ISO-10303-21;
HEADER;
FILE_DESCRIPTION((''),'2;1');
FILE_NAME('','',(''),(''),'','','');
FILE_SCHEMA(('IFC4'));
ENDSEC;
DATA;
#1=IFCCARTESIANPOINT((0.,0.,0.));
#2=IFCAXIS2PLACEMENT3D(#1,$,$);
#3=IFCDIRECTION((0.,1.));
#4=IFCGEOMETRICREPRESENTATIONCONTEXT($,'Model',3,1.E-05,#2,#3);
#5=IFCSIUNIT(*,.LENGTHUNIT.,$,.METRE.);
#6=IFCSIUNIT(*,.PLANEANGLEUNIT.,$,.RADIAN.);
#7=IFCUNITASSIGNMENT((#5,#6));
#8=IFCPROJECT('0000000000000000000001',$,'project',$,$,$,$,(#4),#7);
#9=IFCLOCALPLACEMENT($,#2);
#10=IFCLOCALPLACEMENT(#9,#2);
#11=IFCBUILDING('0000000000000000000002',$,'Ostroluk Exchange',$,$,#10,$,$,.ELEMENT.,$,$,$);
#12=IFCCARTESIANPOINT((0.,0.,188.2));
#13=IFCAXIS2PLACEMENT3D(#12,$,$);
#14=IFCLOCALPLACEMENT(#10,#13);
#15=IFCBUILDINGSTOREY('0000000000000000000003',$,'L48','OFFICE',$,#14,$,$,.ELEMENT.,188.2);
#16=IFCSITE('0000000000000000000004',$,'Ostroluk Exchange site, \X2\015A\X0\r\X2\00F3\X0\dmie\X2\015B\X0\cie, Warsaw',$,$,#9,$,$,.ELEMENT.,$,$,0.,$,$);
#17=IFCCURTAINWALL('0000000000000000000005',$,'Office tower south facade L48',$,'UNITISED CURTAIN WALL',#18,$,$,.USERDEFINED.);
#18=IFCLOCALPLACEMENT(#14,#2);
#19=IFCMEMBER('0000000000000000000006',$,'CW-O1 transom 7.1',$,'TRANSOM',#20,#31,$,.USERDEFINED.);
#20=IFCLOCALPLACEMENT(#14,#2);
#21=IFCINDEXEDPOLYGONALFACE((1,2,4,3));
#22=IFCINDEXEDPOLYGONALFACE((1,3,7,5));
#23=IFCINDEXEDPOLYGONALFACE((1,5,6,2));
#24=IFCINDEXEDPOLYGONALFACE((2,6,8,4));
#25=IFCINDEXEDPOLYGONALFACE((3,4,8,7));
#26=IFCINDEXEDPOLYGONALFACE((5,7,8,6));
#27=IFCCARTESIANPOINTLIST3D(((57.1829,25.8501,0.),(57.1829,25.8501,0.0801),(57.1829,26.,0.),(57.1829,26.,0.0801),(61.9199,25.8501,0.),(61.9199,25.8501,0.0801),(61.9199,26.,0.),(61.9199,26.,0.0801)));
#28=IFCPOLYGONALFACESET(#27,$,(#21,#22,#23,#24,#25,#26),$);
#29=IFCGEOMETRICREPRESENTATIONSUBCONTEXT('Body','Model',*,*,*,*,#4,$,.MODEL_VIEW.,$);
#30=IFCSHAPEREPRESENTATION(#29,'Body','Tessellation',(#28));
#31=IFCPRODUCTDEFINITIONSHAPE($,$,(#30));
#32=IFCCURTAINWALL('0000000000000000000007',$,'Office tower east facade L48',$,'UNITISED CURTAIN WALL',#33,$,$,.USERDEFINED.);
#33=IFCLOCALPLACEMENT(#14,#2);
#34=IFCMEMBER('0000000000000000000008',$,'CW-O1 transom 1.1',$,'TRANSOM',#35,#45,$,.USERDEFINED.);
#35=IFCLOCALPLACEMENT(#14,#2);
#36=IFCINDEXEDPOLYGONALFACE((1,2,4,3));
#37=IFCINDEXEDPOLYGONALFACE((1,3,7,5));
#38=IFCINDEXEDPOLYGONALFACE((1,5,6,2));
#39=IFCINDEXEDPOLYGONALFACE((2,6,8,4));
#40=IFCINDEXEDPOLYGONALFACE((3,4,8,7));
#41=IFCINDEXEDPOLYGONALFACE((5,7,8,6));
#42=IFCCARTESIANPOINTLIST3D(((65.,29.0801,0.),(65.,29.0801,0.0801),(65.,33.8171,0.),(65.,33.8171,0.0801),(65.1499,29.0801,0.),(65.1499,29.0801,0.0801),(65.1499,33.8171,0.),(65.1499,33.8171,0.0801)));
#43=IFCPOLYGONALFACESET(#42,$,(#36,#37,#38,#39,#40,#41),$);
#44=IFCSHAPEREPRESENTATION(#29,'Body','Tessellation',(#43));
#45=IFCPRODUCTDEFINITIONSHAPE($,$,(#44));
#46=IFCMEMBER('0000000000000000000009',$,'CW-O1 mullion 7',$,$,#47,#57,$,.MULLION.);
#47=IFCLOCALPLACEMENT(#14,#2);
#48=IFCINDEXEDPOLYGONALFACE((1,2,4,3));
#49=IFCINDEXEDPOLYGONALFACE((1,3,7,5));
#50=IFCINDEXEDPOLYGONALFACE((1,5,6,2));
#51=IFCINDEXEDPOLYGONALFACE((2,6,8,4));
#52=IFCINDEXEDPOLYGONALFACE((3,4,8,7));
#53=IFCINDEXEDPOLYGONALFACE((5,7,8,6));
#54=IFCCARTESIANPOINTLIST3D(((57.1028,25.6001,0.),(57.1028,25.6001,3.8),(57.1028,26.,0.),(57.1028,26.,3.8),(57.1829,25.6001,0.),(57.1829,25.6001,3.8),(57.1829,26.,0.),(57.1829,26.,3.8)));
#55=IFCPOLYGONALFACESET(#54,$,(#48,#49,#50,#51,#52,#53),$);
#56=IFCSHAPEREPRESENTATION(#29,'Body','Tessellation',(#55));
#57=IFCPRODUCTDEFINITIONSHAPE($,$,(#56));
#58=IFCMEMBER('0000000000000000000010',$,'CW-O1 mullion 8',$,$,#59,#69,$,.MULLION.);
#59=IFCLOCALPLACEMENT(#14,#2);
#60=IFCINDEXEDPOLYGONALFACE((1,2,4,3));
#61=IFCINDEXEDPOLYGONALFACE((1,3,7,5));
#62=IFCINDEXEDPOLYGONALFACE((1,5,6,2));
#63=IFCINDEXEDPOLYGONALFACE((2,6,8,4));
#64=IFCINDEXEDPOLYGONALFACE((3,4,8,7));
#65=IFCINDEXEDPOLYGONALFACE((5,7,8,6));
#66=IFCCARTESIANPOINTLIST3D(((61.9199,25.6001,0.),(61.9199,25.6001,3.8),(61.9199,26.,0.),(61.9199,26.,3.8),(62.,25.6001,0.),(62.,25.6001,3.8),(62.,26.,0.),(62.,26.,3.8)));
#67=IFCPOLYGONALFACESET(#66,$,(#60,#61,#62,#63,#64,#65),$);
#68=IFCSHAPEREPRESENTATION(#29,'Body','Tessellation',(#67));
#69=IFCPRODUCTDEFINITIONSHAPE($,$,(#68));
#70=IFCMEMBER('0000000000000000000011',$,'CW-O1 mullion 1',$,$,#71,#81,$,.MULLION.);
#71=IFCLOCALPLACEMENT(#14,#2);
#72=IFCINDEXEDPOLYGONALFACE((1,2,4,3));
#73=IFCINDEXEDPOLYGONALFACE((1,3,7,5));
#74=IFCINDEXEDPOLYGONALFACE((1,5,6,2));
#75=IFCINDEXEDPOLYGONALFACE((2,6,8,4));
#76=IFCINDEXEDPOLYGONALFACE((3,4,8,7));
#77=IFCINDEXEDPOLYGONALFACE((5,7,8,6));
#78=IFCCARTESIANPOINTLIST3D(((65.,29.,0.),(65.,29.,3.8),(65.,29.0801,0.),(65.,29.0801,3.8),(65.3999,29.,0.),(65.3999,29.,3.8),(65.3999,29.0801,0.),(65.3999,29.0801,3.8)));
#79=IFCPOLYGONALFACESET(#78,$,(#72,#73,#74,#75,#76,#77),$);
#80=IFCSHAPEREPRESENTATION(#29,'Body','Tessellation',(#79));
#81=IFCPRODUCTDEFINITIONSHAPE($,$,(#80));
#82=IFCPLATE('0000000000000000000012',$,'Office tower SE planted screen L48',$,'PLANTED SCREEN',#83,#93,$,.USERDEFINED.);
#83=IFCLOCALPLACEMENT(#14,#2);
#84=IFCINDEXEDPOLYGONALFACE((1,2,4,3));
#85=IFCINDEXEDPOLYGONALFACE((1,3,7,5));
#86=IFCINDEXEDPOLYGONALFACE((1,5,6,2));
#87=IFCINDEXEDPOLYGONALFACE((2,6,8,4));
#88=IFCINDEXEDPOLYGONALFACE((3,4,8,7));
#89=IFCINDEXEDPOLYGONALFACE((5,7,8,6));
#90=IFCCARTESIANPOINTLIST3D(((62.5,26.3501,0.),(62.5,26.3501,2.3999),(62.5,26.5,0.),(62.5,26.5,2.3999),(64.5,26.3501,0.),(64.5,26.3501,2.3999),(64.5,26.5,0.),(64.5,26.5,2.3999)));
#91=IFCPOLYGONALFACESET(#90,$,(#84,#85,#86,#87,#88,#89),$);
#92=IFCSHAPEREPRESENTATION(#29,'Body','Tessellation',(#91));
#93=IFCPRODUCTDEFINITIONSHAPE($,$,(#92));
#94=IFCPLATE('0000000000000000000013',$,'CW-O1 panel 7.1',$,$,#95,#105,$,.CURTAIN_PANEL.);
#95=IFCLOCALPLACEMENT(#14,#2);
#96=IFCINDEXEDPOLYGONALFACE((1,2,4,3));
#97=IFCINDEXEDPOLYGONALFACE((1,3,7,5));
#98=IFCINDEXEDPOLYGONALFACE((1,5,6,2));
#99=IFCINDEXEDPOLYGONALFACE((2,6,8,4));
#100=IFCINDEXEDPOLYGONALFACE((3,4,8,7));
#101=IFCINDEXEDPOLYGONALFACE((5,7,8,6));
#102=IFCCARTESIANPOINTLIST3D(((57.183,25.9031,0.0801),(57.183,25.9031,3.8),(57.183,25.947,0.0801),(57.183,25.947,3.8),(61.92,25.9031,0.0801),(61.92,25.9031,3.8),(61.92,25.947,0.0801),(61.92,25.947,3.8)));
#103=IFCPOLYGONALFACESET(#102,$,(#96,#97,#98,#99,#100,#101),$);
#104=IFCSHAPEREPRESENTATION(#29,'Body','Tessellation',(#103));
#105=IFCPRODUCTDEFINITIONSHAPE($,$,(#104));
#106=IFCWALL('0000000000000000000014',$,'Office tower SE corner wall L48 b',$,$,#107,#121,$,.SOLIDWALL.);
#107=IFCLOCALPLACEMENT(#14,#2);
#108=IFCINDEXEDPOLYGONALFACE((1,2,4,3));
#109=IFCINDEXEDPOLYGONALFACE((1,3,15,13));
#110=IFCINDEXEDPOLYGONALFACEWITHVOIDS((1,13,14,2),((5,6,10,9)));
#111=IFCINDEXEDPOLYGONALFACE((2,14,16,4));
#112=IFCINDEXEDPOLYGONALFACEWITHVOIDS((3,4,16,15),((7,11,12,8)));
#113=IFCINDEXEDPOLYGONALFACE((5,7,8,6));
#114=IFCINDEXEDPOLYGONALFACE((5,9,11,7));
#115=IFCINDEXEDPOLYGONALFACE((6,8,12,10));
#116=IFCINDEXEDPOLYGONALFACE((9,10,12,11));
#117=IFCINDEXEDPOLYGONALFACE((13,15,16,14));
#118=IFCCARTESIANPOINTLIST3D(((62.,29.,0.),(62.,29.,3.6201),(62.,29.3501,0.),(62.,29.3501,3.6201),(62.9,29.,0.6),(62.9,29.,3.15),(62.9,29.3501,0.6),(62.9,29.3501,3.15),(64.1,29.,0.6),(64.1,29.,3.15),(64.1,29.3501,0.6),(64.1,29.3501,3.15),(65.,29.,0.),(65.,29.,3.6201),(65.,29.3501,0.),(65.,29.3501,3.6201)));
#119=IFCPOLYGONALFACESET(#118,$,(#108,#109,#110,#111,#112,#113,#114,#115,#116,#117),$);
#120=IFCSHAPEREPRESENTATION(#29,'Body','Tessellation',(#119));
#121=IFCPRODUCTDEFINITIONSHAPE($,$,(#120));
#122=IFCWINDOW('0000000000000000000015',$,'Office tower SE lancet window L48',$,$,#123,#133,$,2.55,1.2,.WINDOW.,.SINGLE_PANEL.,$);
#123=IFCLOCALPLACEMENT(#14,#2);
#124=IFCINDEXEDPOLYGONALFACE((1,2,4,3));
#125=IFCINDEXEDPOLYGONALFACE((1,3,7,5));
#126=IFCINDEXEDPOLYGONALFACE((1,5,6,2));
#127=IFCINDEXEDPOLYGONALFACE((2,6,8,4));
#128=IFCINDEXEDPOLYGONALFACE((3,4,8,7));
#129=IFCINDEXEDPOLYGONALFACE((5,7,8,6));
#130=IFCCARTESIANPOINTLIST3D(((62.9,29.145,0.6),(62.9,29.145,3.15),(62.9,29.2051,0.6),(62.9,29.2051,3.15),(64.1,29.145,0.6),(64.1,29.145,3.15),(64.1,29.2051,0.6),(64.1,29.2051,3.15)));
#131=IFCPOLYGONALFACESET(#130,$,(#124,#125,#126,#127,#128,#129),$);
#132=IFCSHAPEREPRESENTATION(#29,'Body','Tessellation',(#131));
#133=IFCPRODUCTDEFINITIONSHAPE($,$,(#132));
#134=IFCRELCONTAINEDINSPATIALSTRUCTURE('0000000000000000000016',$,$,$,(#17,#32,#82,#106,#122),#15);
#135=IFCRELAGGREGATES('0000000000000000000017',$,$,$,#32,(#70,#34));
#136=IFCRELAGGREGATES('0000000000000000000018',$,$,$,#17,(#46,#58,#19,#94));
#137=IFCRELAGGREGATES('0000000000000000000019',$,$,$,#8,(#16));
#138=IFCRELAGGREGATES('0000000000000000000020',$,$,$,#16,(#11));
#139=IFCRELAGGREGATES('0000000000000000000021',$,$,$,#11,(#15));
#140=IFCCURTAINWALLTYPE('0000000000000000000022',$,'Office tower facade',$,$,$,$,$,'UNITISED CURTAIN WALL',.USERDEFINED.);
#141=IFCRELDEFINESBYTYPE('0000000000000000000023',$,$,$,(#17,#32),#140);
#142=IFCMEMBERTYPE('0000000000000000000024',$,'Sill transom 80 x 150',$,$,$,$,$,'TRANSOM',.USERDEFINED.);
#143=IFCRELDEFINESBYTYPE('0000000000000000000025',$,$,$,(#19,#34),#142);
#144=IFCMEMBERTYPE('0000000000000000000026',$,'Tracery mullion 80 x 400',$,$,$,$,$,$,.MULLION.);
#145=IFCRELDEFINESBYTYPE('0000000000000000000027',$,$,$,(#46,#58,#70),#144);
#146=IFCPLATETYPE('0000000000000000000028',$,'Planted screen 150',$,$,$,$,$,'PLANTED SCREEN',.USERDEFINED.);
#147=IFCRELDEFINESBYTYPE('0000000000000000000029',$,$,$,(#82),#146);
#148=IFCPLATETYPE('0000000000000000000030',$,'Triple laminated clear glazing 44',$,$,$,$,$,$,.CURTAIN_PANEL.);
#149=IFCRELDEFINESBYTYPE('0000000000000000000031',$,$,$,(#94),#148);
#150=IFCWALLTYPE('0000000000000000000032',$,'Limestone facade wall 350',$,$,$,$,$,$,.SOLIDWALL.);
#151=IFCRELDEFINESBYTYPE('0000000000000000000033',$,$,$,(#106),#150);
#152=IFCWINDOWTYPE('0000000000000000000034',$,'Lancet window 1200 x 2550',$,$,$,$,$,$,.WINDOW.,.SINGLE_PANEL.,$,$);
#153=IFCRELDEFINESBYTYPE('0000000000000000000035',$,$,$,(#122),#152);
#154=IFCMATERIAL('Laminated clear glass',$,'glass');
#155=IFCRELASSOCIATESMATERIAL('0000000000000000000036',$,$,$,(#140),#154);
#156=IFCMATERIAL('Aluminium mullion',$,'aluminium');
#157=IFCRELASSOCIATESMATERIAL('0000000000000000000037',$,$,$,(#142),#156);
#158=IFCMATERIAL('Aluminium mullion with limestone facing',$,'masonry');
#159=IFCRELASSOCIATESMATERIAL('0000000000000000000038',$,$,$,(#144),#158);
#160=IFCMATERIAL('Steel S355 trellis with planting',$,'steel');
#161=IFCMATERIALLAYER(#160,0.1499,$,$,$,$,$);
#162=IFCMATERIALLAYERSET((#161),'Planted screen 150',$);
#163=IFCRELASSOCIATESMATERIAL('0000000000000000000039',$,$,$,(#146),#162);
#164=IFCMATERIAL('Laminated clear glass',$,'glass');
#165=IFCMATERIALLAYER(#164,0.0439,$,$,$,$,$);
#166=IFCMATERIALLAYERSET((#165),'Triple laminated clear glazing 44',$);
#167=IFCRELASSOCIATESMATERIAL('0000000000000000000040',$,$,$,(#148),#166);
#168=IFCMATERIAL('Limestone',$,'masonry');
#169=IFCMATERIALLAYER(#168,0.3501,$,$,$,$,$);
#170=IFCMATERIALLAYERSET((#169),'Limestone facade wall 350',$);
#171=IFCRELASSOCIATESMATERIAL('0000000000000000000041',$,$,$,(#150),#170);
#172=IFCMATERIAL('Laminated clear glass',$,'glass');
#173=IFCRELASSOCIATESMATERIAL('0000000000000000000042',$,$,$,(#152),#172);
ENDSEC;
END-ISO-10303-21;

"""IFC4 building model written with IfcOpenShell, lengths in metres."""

from ifc_helpers import new_model, si_unit, direction, frame, frame_2d, origin, origin_2d, place, context, subcontext, project, spatial, rectangle, extrude, material, layer, layer_set, material_profile, profile_set, type_object, element, fill, aggregate, save


model = new_model("IFC4")

# Units and contexts
model_context = context("Model", 3, precision=1e-05, world=origin(), true_north=direction((0.0, 1.0)))
body_context = subcontext(model_context, "Body", "Model", "MODEL_VIEW")
ifc_project = project(units=[si_unit("LENGTHUNIT", "METRE"), si_unit("PLANEANGLEUNIT", "RADIAN")], contexts=[model_context])

# Site, building, storey
site_placement = place(None, origin())
site = spatial("IfcSite", under=ifc_project, at=site_placement, Name="Ostroluk Exchange site, Śródmieście, Warsaw", CompositionType="ELEMENT", RefElevation=0.0)
building_placement = place(site_placement, origin())
building = spatial("IfcBuilding", under=site, at=building_placement, Name="Ostroluk Exchange", CompositionType="ELEMENT")
storey_placement = place(building_placement, frame((0.0, 0.0, 188.2)))
storey = spatial("IfcBuildingStorey", under=building, at=storey_placement, Name="L48", Description="OFFICE", CompositionType="ELEMENT", Elevation=188.2)

# Curtain walls, members
ifc_material_1 = material(Name="Laminated clear glass", Category="glass")
curtain_wall_type = type_object("IfcCurtainWallType", Name="Office tower facade", ElementType="UNITISED CURTAIN WALL", PredefinedType="USERDEFINED", material=ifc_material_1)
curtain_wall_1_placement = place(storey_placement, origin())
curtain_wall_1 = element("IfcCurtainWall", 1, at=curtain_wall_1_placement, inside=storey, type_object=curtain_wall_type, Name="Office tower south facade L48", ObjectType="UNITISED CURTAIN WALL", PredefinedType="USERDEFINED")
ifc_material_2 = material(Name="Aluminium mullion", Category="aluminium")
ifc_material_profile_1 = material_profile(ifc_material_2, rectangle(XDim=0.1499, YDim=0.0801, at=origin_2d()), Name="Sill transom 80 x 150")
ifc_profile_set_1 = profile_set([ifc_material_profile_1], Name="Aluminium mullion")
member_type_1 = type_object("IfcMemberType", Name="Sill transom 80 x 150", ElementType="TRANSOM", PredefinedType="USERDEFINED", material=ifc_profile_set_1)
member_1_placement = place(storey_placement, frame((57.1829, 25.925, 0.04), z_axis=(1.0, 0.0, 0.0), x_axis=(0.0, 1.0, 0.0)))
member_1 = element("IfcMember", 2, at=member_1_placement, type_object=member_type_1, Name="CW-O1 transom 7.1", ObjectType="TRANSOM", PredefinedType="USERDEFINED", context=body_context, shape_type="SweptSolid", body=[
    extrude(rectangle(XDim=0.1499, YDim=0.0801, at=origin_2d()), origin(), (0.0, 0.0, 1.0), 4.7371),
])
curtain_wall_2_placement = place(storey_placement, origin())
curtain_wall_2 = element("IfcCurtainWall", 3, at=curtain_wall_2_placement, inside=storey, type_object=curtain_wall_type, Name="Office tower east facade L48", ObjectType="UNITISED CURTAIN WALL", PredefinedType="USERDEFINED")
member_2_placement = place(storey_placement, frame((65.075, 29.0801, 0.04), z_axis=(0.0, 1.0, 0.0), x_axis=(-1.0, 0.0, 0.0)))
member_2 = element("IfcMember", 4, at=member_2_placement, type_object=member_type_1, Name="CW-O1 transom 1.1", ObjectType="TRANSOM", PredefinedType="USERDEFINED", context=body_context, shape_type="SweptSolid", body=[
    extrude(rectangle(XDim=0.1499, YDim=0.0801, at=origin_2d()), origin(), (0.0, 0.0, 1.0), 4.7371),
])

# Members
ifc_material_3 = material(Name="Aluminium mullion with limestone facing", Category="masonry")
ifc_material_profile_2 = material_profile(ifc_material_3, rectangle(XDim=0.3999, YDim=0.0801, at=origin_2d()), Name="Tracery mullion 80 x 400")
ifc_profile_set_2 = profile_set([ifc_material_profile_2], Name="Aluminium mullion with limestone facing")
member_type_2 = type_object("IfcMemberType", Name="Tracery mullion 80 x 400", PredefinedType="MULLION", material=ifc_profile_set_2)
member_3_placement = place(storey_placement, frame((57.1428, 25.8, 0.0), z_axis=(0.0, 0.0, 1.0), x_axis=(0.0, 1.0, 0.0)))
member_3 = element("IfcMember", 5, at=member_3_placement, type_object=member_type_2, Name="CW-O1 mullion 7", PredefinedType="MULLION", context=body_context, shape_type="SweptSolid", body=[
    extrude(rectangle(XDim=0.3999, YDim=0.0801, at=origin_2d()), origin(), (0.0, 0.0, 1.0), 3.8),
])
member_4_placement = place(storey_placement, frame((61.96, 25.8, 0.0), z_axis=(0.0, 0.0, 1.0), x_axis=(0.0, 1.0, 0.0)))
member_4 = element("IfcMember", 6, at=member_4_placement, type_object=member_type_2, Name="CW-O1 mullion 8", PredefinedType="MULLION", context=body_context, shape_type="SweptSolid", body=[
    extrude(rectangle(XDim=0.3999, YDim=0.0801, at=origin_2d()), origin(), (0.0, 0.0, 1.0), 3.8),
])
member_5_placement = place(storey_placement, frame((65.2, 29.04, 0.0), z_axis=(0.0, 0.0, 1.0), x_axis=(-1.0, 0.0, 0.0)))
member_5 = element("IfcMember", 7, at=member_5_placement, type_object=member_type_2, Name="CW-O1 mullion 1", PredefinedType="MULLION", context=body_context, shape_type="SweptSolid", body=[
    extrude(rectangle(XDim=0.3999, YDim=0.0801, at=origin_2d()), origin(), (0.0, 0.0, 1.0), 3.8),
])
aggregate(curtain_wall_2, [member_5, member_2])

# Plates
ifc_material_4 = material(Name="Steel S355 trellis with planting", Category="steel")
ifc_layer_1 = layer(ifc_material_4, 0.1499)
ifc_layer_set_1 = layer_set([ifc_layer_1], Name="Planted screen 150")
plate_type_1 = type_object("IfcPlateType", Name="Planted screen 150", ElementType="PLANTED SCREEN", PredefinedType="USERDEFINED", material=ifc_layer_set_1)
plate_1_placement = place(storey_placement, frame((63.5, 26.425, 0.0), z_axis=(0.0, 0.0, 1.0), x_axis=(1.0, 0.0, 0.0)))
element("IfcPlate", 8, at=plate_1_placement, inside=storey, type_object=plate_type_1, Name="Office tower SE planted screen L48", ObjectType="PLANTED SCREEN", PredefinedType="USERDEFINED", context=body_context, shape_type="SweptSolid", body=[
    extrude(rectangle(XDim=2.0, YDim=0.1499, at=origin_2d()), origin(), (0.0, 0.0, 1.0), 2.3999),
])
ifc_material_5 = material(Name="Laminated clear glass", Category="glass")
ifc_layer_2 = layer(ifc_material_5, 0.0439)
ifc_layer_set_2 = layer_set([ifc_layer_2], Name="Triple laminated clear glazing 44")
plate_type_2 = type_object("IfcPlateType", Name="Triple laminated clear glazing 44", PredefinedType="CURTAIN_PANEL", material=ifc_layer_set_2)
plate_2_placement = place(storey_placement, frame((59.5515, 25.925, 0.0801), z_axis=(0.0, 0.0, 1.0), x_axis=(1.0, 0.0, 0.0)))
plate_2 = element("IfcPlate", 9, at=plate_2_placement, type_object=plate_type_2, Name="CW-O1 panel 7.1", PredefinedType="CURTAIN_PANEL", context=body_context, shape_type="SweptSolid", body=[
    extrude(rectangle(XDim=4.7371, YDim=0.0439, at=origin_2d()), origin(), (0.0, 0.0, 1.0), 3.72),
])
aggregate(curtain_wall_1, [member_3, member_4, member_1, plate_2])

# Shared definitions
ifc_material_6 = material(Name="Limestone", Category="masonry")
ifc_layer_3 = layer(ifc_material_6, 0.3501)
ifc_layer_set_3 = layer_set([ifc_layer_3], Name="Limestone facade wall 350")
wall_type = type_object("IfcWallType", Name="Limestone facade wall 350", PredefinedType="SOLIDWALL", material=ifc_layer_set_3)

# Wall, opening, window
wall_1_placement = place(storey_placement, frame((62.0, 29.175, 0.0), z_axis=(0.0, 0.0, 1.0), x_axis=(1.0, 0.0, 0.0)))
wall_1 = element("IfcWall", 10, at=wall_1_placement, inside=storey, type_object=wall_type, Name="Office tower SE corner wall L48 b", PredefinedType="SOLIDWALL", context=body_context, shape_type="SweptSolid", body=[
    extrude(rectangle(XDim=3.0, YDim=0.3501, at=frame_2d((1.5, 0.0))), origin(), (0.0, 0.0, 1.0), 3.6201),
])
opening_1_placement = place(wall_1_placement, frame((0.8999, 0.0, 0.6001)))
opening_1 = element("IfcOpeningElement", 11, at=opening_1_placement, cuts=wall_1, PredefinedType="OPENING", context=body_context, shape_type="SweptSolid", body=[
    extrude(rectangle(XDim=1.2, YDim=2.55, at=frame_2d((0.6001, 1.2749))), frame((0.0, 0.1851, 0.0), z_axis=(0.0, -1.0, 0.0), x_axis=(1.0, 0.0, 0.0)), (0.0, 0.0, 1.0), 0.3701),
])
ifc_material_7 = material(Name="Laminated clear glass", Category="glass")
window_type = type_object("IfcWindowType", Name="Lancet window 1200 x 2550", PartitioningType="SINGLE_PANEL", PredefinedType="WINDOW", material=ifc_material_7)
window_placement = place(opening_1_placement, origin())
window = element("IfcWindow", 12, at=window_placement, inside=storey, type_object=window_type, Name="Office tower SE lancet window L48", OverallHeight=2.55, OverallWidth=1.2, PartitioningType="SINGLE_PANEL", PredefinedType="WINDOW", context=body_context, shape_type="SweptSolid", body=[
    extrude(rectangle(XDim=1.2, YDim=2.55, at=frame_2d((0.6001, 1.2749))), frame((0.0, 0.03, 0.0), z_axis=(0.0, -1.0, 0.0), x_axis=(1.0, 0.0, 0.0)), (0.0, 0.0, 1.0), 0.0601),
])
fill(opening_1, window)

save(model, "model.ifc")
